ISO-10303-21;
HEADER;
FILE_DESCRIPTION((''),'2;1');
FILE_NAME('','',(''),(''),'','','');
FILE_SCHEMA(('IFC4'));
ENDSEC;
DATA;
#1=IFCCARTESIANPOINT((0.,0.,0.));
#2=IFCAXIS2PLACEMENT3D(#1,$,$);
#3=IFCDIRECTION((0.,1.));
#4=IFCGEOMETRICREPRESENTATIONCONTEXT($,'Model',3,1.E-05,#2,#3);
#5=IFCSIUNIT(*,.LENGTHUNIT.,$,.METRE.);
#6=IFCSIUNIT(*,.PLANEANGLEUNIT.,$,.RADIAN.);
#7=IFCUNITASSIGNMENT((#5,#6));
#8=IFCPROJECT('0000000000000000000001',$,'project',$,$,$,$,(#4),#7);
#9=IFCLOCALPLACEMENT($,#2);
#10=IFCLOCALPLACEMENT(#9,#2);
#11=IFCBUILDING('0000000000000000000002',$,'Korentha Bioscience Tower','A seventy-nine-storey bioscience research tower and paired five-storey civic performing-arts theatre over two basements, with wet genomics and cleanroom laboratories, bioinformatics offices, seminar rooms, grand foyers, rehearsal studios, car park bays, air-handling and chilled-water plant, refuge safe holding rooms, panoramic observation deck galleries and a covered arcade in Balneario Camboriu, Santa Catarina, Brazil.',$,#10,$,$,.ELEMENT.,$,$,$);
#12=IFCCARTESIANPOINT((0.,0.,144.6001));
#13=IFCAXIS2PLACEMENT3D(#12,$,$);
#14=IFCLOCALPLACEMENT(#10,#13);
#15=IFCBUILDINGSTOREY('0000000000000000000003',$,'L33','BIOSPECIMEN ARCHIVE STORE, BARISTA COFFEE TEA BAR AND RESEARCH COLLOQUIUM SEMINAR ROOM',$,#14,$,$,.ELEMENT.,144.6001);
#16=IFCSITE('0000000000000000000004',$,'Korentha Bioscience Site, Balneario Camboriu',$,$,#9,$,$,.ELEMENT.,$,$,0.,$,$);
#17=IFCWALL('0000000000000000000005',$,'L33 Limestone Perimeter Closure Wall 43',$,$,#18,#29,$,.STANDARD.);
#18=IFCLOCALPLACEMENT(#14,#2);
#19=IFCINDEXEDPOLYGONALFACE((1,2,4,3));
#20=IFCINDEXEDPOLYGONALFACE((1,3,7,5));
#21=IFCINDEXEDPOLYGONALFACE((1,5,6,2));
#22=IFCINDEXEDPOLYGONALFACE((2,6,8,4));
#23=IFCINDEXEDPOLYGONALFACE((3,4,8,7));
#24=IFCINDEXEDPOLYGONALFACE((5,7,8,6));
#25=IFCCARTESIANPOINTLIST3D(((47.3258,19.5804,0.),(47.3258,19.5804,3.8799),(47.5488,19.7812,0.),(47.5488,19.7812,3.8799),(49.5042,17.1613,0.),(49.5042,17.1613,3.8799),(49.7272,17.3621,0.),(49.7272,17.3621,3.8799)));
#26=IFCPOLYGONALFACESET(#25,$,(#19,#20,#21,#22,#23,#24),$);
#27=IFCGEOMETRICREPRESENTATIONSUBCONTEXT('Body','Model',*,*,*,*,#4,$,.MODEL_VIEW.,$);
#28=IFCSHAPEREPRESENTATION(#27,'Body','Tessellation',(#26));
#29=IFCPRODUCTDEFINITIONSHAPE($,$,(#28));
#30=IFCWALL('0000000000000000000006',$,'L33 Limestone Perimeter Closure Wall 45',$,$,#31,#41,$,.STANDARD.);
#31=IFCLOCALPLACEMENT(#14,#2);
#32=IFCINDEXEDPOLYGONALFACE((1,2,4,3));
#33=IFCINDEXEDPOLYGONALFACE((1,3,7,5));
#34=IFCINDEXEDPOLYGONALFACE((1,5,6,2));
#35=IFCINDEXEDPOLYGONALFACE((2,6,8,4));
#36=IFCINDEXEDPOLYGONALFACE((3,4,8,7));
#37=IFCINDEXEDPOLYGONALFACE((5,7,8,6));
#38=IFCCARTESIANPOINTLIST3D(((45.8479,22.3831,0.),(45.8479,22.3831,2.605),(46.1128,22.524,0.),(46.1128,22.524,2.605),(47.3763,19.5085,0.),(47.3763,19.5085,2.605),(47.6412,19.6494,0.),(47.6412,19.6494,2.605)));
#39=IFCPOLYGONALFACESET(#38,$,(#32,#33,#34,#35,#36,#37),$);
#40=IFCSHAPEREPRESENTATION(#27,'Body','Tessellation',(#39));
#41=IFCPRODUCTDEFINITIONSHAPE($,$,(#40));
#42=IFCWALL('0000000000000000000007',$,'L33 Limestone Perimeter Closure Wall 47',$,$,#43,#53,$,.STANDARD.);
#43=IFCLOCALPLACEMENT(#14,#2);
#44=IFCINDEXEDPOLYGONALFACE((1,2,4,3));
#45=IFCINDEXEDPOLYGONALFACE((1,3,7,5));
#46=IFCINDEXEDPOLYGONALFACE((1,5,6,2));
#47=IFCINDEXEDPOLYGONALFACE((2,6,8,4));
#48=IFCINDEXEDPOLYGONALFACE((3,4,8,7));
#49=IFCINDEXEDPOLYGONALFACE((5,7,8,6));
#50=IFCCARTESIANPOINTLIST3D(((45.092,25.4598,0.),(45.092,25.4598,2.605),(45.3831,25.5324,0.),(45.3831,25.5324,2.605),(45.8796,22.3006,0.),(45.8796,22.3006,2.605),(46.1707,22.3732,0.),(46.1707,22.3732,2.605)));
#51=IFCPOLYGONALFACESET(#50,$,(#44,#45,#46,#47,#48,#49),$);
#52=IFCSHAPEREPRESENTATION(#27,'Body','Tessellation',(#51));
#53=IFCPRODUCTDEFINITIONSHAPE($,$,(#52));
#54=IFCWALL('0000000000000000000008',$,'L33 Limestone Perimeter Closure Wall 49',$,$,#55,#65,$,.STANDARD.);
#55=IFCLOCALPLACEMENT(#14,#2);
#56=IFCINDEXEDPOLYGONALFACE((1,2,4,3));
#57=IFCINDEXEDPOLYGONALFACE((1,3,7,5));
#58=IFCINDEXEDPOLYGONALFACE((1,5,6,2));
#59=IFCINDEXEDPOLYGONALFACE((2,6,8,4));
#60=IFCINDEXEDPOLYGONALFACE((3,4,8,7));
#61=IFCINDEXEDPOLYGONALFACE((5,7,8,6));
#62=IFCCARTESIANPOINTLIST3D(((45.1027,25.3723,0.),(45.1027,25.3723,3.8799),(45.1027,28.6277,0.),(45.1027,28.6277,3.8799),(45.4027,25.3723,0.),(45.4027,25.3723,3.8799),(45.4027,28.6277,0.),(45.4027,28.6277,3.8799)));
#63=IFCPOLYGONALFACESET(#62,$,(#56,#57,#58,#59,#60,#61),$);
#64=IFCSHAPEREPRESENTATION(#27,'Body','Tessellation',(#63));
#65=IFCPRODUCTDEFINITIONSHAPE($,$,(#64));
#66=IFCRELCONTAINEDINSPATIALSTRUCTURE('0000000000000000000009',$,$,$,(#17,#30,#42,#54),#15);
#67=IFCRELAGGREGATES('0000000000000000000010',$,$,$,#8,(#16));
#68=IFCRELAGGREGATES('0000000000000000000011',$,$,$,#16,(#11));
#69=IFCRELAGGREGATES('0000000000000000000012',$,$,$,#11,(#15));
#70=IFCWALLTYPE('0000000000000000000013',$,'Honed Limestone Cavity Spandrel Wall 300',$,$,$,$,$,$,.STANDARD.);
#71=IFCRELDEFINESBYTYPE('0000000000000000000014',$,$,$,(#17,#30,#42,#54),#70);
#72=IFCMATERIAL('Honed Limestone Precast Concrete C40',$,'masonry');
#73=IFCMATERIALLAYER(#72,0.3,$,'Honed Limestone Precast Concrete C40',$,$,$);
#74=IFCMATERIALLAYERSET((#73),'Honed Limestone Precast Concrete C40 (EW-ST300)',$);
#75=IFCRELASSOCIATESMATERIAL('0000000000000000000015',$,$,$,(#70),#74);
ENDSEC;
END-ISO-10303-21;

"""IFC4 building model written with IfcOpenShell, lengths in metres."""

from ifc_helpers import new_model, si_unit, direction, frame, frame_2d, origin, place, context, subcontext, project, spatial, rectangle, extrude, material, layer, layer_set, type_object, element, save


model = new_model("IFC4")

# Units and contexts
model_context = context("Model", 3, precision=1e-05, world=origin(), true_north=direction((0.0, 1.0)))
body_context = subcontext(model_context, "Body", "Model", "MODEL_VIEW")
ifc_project = project(units=[si_unit("LENGTHUNIT", "METRE"), si_unit("PLANEANGLEUNIT", "RADIAN")], contexts=[model_context])

# Site, building, storey
site_placement = place(None, origin())
site = spatial("IfcSite", under=ifc_project, at=site_placement, Name="Korentha Bioscience Site, Balneario Camboriu", CompositionType="ELEMENT", RefElevation=0.0)
building_placement = place(site_placement, origin())
building = spatial("IfcBuilding", under=site, at=building_placement, Name="Korentha Bioscience Tower", Description="A seventy-nine-storey bioscience research tower and paired five-storey civic performing-arts theatre over two basements, with wet genomics and cleanroom laboratories, bioinformatics offices, seminar rooms, grand foyers, rehearsal studios, car park bays, air-handling and chilled-water plant, refuge safe holding rooms, panoramic observation deck galleries and a covered arcade in Balneario Camboriu, Santa Catarina, Brazil.", CompositionType="ELEMENT")
storey_placement = place(building_placement, frame((0.0, 0.0, 144.6001)))
storey = spatial("IfcBuildingStorey", under=building, at=storey_placement, Name="L33", Description="BIOSPECIMEN ARCHIVE STORE, BARISTA COFFEE TEA BAR AND RESEARCH COLLOQUIUM SEMINAR ROOM", CompositionType="ELEMENT", Elevation=144.6001)

# Walls
ifc_material_1 = material(Name="Honed Limestone Precast Concrete C40", Category="masonry")
ifc_layer_1 = layer(ifc_material_1, 0.3, Name="Honed Limestone Precast Concrete C40")
ifc_layer_set_1 = layer_set([ifc_layer_1], Name="Honed Limestone Precast Concrete C40 (EW-ST300)")
wall_type_1 = type_object("IfcWallType", Name="Honed Limestone Cavity Spandrel Wall 300", PredefinedType="STANDARD", material=ifc_layer_set_1)
wall_1_placement = place(storey_placement, frame((49.6157, 17.2617, 0.0), z_axis=(0.0, 0.0, 1.0), x_axis=(-0.669168, 0.743111, 0.0)))
element("IfcWall", 1, at=wall_1_placement, inside=storey, type_object=wall_type_1, Name="L33 Limestone Perimeter Closure Wall 43", PredefinedType="STANDARD", context=body_context, shape_type="SweptSolid", body=[
    extrude(rectangle(XDim=3.2554, YDim=0.3, at=frame_2d((1.6277, 0.0))), origin(), (0.0, 0.0, 1.0), 3.8799),
])
wall_2_placement = place(storey_placement, frame((47.5088, 19.5789, 0.0), z_axis=(0.0, 0.0, 1.0), x_axis=(-0.469451, 0.882958, 0.0)))
element("IfcWall", 2, at=wall_2_placement, inside=storey, type_object=wall_type_1, Name="L33 Limestone Perimeter Closure Wall 45", PredefinedType="STANDARD", context=body_context, shape_type="SweptSolid", body=[
    extrude(rectangle(XDim=3.2556, YDim=0.3, at=frame_2d((1.6279, 0.0))), origin(), (0.0, 0.0, 1.0), 2.605),
])
wall_3_placement = place(storey_placement, frame((46.0251, 22.3369, 0.0), z_axis=(0.0, 0.0, 1.0), x_axis=(-0.2419, 0.970301, 0.0)))
element("IfcWall", 3, at=wall_3_placement, inside=storey, type_object=wall_type_1, Name="L33 Limestone Perimeter Closure Wall 47", PredefinedType="STANDARD", context=body_context, shape_type="SweptSolid", body=[
    extrude(rectangle(XDim=3.2559, YDim=0.3, at=frame_2d((1.6279, 0.0))), origin(), (0.0, 0.0, 1.0), 2.605),
])
wall_4_placement = place(storey_placement, frame((45.2527, 25.3723, 0.0), z_axis=(0.0, 0.0, 1.0), x_axis=(0.0, 1.0, 0.0)))
element("IfcWall", 4, at=wall_4_placement, inside=storey, type_object=wall_type_1, Name="L33 Limestone Perimeter Closure Wall 49", PredefinedType="STANDARD", context=body_context, shape_type="SweptSolid", body=[
    extrude(rectangle(XDim=3.2554, YDim=0.3, at=frame_2d((1.6277, 0.0))), origin(), (0.0, 0.0, 1.0), 3.8799),
])

save(model, "model.ifc")
